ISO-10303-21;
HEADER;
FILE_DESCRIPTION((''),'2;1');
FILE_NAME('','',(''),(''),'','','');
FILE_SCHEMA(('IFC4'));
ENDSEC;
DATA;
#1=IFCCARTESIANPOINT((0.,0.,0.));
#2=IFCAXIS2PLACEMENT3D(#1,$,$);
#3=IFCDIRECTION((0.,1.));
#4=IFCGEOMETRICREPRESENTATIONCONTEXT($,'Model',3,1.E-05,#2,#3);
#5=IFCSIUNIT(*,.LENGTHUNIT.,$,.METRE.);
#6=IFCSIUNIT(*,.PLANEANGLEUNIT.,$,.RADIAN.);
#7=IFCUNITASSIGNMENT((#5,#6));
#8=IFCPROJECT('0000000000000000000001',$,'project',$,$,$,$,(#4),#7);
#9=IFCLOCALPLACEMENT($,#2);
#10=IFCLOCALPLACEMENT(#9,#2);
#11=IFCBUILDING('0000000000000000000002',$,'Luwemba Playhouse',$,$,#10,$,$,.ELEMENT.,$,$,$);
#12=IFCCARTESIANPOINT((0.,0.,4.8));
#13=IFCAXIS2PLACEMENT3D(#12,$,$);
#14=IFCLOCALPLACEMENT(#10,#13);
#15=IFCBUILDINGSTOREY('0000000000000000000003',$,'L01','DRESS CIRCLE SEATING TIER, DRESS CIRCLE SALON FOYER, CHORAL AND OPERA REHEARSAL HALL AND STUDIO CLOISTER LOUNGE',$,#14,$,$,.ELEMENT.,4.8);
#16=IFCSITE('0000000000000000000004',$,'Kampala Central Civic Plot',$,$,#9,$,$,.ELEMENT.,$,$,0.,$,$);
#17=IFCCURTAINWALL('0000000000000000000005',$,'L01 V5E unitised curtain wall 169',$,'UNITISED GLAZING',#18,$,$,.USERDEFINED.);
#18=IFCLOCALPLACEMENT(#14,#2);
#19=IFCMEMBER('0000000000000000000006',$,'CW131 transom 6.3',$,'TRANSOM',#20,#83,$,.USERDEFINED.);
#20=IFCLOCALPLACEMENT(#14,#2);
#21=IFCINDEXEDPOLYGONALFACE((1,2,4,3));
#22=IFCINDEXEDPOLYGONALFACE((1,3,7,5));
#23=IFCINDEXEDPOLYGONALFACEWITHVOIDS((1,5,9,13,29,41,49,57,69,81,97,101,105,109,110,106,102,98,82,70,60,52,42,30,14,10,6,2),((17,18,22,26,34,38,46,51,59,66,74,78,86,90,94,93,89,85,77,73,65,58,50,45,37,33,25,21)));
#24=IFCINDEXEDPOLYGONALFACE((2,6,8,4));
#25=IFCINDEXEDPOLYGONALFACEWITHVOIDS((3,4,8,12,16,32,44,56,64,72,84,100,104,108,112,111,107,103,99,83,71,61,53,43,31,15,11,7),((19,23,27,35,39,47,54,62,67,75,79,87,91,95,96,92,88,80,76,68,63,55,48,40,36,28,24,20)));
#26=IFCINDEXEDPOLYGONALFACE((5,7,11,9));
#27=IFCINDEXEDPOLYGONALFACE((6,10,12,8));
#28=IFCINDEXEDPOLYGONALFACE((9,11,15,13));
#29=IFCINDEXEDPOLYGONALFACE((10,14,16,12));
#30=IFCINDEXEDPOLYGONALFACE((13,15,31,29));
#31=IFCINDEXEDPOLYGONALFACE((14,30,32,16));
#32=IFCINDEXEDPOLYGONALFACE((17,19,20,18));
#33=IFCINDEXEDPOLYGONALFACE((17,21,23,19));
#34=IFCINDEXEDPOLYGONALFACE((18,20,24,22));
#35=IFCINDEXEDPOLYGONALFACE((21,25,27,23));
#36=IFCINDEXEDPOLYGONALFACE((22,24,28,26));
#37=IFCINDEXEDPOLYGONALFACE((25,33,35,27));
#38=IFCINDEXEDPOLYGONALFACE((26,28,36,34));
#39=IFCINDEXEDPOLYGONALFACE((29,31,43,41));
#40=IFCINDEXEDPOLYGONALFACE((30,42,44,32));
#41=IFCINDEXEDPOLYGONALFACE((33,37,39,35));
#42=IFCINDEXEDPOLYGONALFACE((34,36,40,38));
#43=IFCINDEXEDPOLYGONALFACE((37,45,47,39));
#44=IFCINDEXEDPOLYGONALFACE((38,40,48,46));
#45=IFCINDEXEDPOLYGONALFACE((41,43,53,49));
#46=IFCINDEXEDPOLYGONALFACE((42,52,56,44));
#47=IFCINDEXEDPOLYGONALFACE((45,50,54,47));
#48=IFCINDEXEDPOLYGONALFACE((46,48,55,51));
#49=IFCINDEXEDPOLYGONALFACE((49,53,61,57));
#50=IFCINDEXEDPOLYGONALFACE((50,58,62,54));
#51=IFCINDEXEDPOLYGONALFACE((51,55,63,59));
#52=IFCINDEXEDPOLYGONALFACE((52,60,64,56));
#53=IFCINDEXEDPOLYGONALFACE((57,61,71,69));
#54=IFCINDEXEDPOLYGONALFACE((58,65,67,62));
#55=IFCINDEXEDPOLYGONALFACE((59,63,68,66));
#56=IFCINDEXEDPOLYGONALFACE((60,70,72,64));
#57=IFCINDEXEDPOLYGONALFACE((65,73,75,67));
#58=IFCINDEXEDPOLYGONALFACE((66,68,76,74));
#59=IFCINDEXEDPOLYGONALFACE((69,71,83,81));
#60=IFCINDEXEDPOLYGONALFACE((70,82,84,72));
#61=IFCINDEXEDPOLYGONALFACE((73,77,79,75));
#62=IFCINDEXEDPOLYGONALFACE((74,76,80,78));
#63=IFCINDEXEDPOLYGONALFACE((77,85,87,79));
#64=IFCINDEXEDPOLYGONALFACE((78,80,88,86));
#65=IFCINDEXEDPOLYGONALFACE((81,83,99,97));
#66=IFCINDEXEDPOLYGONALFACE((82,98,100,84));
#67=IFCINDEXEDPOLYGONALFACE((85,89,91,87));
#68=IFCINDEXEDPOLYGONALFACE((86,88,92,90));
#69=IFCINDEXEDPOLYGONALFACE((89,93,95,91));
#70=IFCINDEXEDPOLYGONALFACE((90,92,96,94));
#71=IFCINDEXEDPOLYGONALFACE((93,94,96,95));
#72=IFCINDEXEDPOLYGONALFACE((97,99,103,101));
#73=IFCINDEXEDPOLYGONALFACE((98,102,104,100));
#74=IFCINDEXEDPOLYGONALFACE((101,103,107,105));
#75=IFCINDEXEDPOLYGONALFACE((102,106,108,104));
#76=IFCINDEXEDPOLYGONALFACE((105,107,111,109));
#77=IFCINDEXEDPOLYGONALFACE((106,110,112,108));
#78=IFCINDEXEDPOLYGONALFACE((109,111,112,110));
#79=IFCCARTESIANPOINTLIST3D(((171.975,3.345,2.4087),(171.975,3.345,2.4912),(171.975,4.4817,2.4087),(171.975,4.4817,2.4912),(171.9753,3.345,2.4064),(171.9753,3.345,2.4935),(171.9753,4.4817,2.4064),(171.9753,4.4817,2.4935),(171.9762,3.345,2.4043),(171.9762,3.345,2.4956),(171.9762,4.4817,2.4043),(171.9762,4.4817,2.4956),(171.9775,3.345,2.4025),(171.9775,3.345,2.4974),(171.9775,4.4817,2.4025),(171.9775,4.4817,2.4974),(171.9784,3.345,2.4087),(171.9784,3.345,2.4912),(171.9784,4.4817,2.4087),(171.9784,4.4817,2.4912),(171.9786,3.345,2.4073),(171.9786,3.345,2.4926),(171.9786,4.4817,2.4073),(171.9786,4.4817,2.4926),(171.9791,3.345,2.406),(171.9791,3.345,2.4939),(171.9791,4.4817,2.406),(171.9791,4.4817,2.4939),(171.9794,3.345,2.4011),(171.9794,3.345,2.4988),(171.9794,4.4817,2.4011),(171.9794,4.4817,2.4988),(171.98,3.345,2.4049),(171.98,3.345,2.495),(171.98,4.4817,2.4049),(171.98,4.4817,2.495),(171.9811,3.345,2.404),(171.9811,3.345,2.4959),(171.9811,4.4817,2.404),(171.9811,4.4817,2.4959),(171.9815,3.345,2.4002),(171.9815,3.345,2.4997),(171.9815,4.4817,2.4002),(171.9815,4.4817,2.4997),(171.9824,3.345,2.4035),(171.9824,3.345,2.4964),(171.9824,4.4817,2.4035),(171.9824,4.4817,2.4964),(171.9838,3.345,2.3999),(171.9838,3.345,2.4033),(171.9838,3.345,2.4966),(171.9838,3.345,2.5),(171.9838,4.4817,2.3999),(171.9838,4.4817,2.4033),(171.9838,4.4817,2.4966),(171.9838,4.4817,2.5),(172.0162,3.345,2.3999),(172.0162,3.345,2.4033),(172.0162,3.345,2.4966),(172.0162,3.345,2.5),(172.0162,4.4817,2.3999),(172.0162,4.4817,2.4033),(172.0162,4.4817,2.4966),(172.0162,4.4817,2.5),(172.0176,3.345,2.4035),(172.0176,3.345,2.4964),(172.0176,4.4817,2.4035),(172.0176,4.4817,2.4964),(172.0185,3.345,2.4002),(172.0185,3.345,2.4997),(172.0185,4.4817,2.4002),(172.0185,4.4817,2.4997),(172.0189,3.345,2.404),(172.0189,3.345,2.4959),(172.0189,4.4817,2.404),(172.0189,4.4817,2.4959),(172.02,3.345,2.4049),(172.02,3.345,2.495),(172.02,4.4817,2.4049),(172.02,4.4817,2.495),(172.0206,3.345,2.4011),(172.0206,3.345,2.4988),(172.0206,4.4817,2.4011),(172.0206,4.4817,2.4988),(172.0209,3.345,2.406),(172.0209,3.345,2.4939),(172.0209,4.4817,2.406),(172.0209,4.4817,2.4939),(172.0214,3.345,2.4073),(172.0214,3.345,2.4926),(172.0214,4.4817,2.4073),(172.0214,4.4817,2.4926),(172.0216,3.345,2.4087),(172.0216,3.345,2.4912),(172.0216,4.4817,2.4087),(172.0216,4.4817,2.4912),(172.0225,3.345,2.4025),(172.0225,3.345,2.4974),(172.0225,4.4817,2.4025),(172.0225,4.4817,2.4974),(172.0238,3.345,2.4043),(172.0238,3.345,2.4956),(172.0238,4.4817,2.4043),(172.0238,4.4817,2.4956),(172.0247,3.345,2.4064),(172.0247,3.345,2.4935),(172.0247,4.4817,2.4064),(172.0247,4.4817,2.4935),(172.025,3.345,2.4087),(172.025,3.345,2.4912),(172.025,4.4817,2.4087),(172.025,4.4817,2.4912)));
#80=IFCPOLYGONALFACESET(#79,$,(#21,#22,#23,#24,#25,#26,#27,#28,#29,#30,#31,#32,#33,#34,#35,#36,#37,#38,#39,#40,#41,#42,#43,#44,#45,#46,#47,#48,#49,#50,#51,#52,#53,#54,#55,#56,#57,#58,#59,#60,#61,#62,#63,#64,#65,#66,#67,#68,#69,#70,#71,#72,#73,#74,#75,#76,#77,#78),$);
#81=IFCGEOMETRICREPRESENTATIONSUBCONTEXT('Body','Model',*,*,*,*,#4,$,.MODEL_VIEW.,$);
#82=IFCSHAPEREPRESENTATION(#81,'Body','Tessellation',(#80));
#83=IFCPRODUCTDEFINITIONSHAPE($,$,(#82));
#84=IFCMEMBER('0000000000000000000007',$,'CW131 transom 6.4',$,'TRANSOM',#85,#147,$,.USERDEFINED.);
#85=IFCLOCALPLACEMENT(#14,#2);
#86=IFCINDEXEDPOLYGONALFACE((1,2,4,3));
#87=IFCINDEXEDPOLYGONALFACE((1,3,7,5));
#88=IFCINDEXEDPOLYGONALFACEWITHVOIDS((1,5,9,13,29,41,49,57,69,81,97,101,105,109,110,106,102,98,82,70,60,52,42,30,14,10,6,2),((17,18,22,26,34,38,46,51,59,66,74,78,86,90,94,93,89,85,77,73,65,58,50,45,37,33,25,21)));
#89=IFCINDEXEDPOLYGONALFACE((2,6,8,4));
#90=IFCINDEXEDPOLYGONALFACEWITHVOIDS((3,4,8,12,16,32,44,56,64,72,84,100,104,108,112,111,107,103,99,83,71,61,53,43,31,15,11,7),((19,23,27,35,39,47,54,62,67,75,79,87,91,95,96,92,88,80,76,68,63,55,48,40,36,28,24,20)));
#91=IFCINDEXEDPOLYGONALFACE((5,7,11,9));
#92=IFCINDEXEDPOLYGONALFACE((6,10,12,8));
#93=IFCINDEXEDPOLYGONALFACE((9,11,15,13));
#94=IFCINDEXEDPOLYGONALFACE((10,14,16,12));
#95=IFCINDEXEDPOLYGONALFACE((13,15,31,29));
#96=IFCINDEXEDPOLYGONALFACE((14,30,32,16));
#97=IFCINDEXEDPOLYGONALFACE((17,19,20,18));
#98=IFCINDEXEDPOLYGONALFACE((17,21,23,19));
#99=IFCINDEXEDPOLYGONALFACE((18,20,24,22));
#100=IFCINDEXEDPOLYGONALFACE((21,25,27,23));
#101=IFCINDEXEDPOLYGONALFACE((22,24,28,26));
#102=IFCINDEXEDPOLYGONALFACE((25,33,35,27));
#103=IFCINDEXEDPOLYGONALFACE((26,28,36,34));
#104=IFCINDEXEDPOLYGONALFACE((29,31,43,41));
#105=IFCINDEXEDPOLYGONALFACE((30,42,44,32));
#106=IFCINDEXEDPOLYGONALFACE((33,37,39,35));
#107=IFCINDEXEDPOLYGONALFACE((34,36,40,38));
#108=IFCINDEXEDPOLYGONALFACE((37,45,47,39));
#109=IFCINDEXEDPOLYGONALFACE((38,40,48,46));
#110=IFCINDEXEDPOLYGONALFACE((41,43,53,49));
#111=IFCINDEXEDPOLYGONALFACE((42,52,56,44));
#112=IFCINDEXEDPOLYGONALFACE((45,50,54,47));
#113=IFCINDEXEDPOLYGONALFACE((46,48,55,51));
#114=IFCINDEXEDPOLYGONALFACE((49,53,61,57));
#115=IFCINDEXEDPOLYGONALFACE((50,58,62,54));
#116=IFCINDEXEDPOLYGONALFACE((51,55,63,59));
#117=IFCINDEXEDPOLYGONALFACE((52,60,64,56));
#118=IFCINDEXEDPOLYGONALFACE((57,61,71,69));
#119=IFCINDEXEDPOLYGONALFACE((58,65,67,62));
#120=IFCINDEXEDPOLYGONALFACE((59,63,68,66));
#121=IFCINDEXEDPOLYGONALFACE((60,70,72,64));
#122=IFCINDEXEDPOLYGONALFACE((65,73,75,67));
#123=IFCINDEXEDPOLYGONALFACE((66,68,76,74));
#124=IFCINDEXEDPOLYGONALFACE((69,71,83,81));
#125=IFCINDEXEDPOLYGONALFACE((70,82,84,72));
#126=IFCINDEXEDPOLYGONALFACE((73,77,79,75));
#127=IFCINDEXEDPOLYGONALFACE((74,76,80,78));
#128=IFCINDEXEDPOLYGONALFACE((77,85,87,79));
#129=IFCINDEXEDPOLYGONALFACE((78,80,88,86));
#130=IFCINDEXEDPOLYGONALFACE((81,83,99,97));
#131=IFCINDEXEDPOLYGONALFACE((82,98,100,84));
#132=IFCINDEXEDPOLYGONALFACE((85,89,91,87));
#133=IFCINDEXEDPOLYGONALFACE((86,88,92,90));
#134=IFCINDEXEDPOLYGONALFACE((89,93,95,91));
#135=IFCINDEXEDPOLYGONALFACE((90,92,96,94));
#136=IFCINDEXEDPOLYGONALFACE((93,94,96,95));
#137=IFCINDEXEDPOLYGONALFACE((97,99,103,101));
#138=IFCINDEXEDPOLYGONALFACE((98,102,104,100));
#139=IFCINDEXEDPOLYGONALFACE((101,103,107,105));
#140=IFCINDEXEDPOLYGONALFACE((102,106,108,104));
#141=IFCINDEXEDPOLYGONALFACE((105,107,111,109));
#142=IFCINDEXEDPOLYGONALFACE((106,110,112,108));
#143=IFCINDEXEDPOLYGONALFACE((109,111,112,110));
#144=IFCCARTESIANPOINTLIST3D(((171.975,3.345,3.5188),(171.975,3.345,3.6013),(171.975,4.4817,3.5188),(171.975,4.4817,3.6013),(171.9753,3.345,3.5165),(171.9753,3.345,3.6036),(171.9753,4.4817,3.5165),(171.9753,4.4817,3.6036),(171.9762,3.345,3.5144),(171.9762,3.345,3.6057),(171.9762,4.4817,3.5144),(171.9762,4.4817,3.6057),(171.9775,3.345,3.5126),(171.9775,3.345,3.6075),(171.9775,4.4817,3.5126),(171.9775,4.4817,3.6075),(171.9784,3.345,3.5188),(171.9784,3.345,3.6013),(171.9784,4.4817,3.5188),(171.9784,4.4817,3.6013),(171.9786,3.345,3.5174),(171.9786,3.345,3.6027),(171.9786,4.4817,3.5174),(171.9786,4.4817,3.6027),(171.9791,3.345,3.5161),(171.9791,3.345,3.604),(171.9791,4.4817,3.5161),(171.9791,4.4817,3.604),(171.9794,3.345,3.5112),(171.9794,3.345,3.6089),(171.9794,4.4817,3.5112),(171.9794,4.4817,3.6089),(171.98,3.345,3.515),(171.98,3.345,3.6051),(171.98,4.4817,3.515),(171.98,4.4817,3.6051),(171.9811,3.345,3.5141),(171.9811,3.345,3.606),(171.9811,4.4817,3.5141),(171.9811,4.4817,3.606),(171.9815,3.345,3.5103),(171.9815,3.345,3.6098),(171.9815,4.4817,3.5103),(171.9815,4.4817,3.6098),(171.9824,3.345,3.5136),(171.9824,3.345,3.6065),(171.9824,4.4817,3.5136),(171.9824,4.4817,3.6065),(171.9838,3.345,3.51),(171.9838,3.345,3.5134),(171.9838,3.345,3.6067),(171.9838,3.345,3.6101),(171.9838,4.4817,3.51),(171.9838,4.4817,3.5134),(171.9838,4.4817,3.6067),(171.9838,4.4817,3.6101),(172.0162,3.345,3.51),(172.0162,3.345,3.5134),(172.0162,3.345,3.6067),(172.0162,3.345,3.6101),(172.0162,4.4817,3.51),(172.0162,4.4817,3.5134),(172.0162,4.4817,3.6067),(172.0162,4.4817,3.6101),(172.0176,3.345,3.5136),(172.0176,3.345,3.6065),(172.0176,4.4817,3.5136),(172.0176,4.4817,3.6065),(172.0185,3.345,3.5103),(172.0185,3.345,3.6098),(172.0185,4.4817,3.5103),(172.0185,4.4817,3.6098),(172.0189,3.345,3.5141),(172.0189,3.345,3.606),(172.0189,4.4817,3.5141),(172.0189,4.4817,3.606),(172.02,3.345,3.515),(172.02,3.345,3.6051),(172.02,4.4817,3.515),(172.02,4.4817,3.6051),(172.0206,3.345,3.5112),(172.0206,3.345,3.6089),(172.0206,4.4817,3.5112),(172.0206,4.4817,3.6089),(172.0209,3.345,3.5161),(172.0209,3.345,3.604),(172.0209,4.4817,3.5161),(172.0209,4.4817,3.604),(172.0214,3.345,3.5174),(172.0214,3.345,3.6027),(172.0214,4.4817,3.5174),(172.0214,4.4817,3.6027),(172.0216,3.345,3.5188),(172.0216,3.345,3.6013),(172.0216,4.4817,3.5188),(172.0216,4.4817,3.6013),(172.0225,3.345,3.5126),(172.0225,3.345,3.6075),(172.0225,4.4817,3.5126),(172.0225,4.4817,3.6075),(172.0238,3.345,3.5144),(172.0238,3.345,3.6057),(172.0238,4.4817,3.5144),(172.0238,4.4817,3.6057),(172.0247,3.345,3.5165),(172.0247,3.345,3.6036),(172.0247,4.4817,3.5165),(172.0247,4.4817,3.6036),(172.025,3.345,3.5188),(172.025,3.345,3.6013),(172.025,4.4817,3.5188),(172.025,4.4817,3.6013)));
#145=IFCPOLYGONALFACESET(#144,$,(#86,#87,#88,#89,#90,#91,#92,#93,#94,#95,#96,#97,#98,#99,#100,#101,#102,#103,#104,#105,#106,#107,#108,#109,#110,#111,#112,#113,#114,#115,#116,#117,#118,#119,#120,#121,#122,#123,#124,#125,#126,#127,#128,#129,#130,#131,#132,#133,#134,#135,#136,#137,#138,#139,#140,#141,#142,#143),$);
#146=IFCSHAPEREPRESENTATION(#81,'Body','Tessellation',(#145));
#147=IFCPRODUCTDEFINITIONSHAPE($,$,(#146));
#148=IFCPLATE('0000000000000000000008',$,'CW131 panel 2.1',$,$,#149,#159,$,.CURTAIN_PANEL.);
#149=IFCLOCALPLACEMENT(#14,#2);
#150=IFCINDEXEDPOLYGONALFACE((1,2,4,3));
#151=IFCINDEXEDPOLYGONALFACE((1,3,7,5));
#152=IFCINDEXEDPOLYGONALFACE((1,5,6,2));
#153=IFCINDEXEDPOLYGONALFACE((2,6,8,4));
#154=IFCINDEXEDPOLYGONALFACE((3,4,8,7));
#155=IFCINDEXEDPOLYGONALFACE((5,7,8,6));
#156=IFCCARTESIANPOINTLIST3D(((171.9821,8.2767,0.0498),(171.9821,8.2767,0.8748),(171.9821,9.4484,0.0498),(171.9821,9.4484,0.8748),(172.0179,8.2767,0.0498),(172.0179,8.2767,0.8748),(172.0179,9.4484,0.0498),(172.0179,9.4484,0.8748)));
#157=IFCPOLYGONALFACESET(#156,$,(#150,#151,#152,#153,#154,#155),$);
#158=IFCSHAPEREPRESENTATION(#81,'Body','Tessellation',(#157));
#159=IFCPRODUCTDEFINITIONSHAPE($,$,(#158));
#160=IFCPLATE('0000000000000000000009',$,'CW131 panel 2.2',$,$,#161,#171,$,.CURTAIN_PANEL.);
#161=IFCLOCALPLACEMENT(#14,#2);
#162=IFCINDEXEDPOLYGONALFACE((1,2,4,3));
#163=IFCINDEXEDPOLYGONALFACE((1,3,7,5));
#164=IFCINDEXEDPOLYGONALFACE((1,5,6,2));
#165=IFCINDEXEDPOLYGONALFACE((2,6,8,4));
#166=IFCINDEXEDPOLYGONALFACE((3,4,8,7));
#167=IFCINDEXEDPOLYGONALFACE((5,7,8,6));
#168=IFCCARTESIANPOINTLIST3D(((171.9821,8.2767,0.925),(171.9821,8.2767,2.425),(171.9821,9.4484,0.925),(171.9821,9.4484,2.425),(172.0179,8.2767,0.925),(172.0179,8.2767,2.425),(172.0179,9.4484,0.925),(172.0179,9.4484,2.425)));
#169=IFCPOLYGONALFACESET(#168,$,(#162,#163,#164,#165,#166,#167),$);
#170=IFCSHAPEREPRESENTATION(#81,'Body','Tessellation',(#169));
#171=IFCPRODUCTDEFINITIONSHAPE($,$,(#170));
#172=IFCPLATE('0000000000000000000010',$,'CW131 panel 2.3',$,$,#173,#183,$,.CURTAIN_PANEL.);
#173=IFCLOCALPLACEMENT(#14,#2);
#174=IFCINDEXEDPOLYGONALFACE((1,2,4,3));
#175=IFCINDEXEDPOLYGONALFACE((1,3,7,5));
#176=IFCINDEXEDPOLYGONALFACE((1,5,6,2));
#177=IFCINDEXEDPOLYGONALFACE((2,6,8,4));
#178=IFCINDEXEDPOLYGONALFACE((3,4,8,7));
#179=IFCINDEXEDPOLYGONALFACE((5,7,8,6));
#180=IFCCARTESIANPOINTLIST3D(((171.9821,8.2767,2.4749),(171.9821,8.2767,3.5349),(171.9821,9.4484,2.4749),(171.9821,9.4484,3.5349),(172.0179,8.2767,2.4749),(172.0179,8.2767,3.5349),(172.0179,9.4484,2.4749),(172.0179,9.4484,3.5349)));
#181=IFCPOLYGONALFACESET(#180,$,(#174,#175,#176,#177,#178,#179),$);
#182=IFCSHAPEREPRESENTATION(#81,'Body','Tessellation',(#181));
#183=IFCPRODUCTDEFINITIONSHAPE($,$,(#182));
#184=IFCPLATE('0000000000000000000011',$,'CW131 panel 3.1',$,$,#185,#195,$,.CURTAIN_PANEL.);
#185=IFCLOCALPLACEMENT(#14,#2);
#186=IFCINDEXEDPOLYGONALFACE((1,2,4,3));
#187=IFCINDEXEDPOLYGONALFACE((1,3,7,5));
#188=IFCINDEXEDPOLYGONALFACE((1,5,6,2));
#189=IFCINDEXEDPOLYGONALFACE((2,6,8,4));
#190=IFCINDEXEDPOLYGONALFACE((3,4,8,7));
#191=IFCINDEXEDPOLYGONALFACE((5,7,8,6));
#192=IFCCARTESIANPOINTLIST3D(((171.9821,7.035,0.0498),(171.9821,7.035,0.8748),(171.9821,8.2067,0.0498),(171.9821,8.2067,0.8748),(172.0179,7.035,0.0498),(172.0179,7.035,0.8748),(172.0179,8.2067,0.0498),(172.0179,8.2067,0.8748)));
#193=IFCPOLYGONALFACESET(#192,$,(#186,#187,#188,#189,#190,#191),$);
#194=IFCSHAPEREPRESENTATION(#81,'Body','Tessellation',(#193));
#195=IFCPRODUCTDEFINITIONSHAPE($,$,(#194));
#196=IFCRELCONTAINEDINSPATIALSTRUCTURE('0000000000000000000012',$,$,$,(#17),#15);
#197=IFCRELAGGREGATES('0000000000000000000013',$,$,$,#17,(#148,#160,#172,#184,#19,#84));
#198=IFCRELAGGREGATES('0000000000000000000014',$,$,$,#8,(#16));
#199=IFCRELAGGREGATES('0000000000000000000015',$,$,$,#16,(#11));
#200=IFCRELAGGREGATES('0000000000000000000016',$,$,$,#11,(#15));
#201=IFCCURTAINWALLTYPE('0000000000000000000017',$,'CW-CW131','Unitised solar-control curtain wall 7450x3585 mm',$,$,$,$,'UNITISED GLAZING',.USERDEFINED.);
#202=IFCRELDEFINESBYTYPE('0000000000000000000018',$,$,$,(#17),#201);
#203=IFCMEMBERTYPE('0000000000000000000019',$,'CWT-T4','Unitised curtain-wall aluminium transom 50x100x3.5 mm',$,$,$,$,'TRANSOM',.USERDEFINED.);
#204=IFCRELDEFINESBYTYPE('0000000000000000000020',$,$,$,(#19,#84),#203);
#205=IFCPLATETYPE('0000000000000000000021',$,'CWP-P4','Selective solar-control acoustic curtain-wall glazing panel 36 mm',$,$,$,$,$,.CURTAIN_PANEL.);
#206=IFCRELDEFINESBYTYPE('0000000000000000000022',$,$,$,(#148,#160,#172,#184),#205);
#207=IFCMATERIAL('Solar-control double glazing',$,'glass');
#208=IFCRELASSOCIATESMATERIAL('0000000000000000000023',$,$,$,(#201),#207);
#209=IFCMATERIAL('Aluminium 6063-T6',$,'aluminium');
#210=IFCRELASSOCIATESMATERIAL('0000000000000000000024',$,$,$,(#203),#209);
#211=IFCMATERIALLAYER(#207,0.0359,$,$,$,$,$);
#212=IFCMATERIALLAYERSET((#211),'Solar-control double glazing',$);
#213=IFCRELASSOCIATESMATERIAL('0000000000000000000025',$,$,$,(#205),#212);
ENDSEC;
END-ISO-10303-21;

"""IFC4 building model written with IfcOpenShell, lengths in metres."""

from ifc_helpers import new_model, si_unit, direction, frame, origin, origin_2d, place, context, subcontext, project, spatial, rectangle, hollow_rectangle, extrude, material, layer, layer_set, material_profile, profile_set, type_object, element, aggregate, save


model = new_model("IFC4")

# Units and contexts
model_context = context("Model", 3, precision=1e-05, world=origin(), true_north=direction((0.0, 1.0)))
body_context = subcontext(model_context, "Body", "Model", "MODEL_VIEW")
ifc_project = project(units=[si_unit("LENGTHUNIT", "METRE"), si_unit("PLANEANGLEUNIT", "RADIAN")], contexts=[model_context])

# Site, building, storey
site_placement = place(None, origin())
site = spatial("IfcSite", under=ifc_project, at=site_placement, Name="Kampala Central Civic Plot", CompositionType="ELEMENT", RefElevation=0.0)
building_placement = place(site_placement, origin())
building = spatial("IfcBuilding", under=site, at=building_placement, Name="Luwemba Playhouse", CompositionType="ELEMENT")
storey_placement = place(building_placement, frame((0.0, 0.0, 4.8)))
storey = spatial("IfcBuildingStorey", under=building, at=storey_placement, Name="L01", Description="DRESS CIRCLE SEATING TIER, DRESS CIRCLE SALON FOYER, CHORAL AND OPERA REHEARSAL HALL AND STUDIO CLOISTER LOUNGE", CompositionType="ELEMENT", Elevation=4.8)

# Curtain wall, members, plates
ifc_material_1 = material(Name="Solar-control double glazing", Category="glass")
curtain_wall_type = type_object("IfcCurtainWallType", Name="CW-CW131", Description="Unitised solar-control curtain wall 7450x3585 mm", ElementType="UNITISED GLAZING", PredefinedType="USERDEFINED", material=ifc_material_1)
curtain_wall_placement = place(storey_placement, origin())
curtain_wall = element("IfcCurtainWall", 1, at=curtain_wall_placement, inside=storey, type_object=curtain_wall_type, Name="L01 V5E unitised curtain wall 169", ObjectType="UNITISED GLAZING", PredefinedType="USERDEFINED")
ifc_material_2 = material(Name="Aluminium 6063-T6", Category="aluminium")
ifc_material_profile_1 = material_profile(ifc_material_2, hollow_rectangle(XDim=0.05, YDim=0.1001, WallThickness=0.0034, InnerFilletRadius=0.0054, OuterFilletRadius=0.0088, at=origin_2d()))
ifc_profile_set_1 = profile_set([ifc_material_profile_1], Name="Aluminium 6063-T6")
member_type_1 = type_object("IfcMemberType", Name="CWT-T4", Description="Unitised curtain-wall aluminium transom 50x100x3.5 mm", ElementType="TRANSOM", PredefinedType="USERDEFINED", material=ifc_profile_set_1)
member_1_placement = place(storey_placement, frame((172.0, 4.4817, 2.45), z_axis=(0.0, -1.0, 0.0), x_axis=(1.0, 0.0, 0.0)))
member_1 = element("IfcMember", 2, at=member_1_placement, type_object=member_type_1, Name="CW131 transom 6.3", ObjectType="TRANSOM", PredefinedType="USERDEFINED", context=body_context, shape_type="SweptSolid", body=[
    extrude(hollow_rectangle(XDim=0.05, YDim=0.1001, WallThickness=0.0034, InnerFilletRadius=0.0054, OuterFilletRadius=0.0088, at=origin_2d()), origin(), (0.0, 0.0, 1.0), 1.1367),
])
member_2_placement = place(storey_placement, frame((172.0, 4.4817, 3.5601), z_axis=(0.0, -1.0, 0.0), x_axis=(1.0, 0.0, 0.0)))
member_2 = element("IfcMember", 3, at=member_2_placement, type_object=member_type_1, Name="CW131 transom 6.4", ObjectType="TRANSOM", PredefinedType="USERDEFINED", context=body_context, shape_type="SweptSolid", body=[
    extrude(hollow_rectangle(XDim=0.05, YDim=0.1001, WallThickness=0.0034, InnerFilletRadius=0.0054, OuterFilletRadius=0.0088, at=origin_2d()), origin(), (0.0, 0.0, 1.0), 1.1367),
])
ifc_layer = layer(ifc_material_1, 0.0359)
ifc_layer_set = layer_set([ifc_layer], Name="Solar-control double glazing")
plate_type = type_object("IfcPlateType", Name="CWP-P4", Description="Selective solar-control acoustic curtain-wall glazing panel 36 mm", PredefinedType="CURTAIN_PANEL", material=ifc_layer_set)
plate_1_placement = place(storey_placement, frame((172.0, 8.8625, 0.0498), z_axis=(0.0, 0.0, 1.0), x_axis=(0.0, -1.0, 0.0)))
plate_1 = element("IfcPlate", 4, at=plate_1_placement, type_object=plate_type, Name="CW131 panel 2.1", PredefinedType="CURTAIN_PANEL", context=body_context, shape_type="SweptSolid", body=[
    extrude(rectangle(XDim=1.1716, YDim=0.0359, at=origin_2d()), origin(), (0.0, 0.0, 1.0), 0.825),
])
plate_2_placement = place(storey_placement, frame((172.0, 8.8625, 0.925), z_axis=(0.0, 0.0, 1.0), x_axis=(0.0, -1.0, 0.0)))
plate_2 = element("IfcPlate", 5, at=plate_2_placement, type_object=plate_type, Name="CW131 panel 2.2", PredefinedType="CURTAIN_PANEL", context=body_context, shape_type="SweptSolid", body=[
    extrude(rectangle(XDim=1.1716, YDim=0.0359, at=origin_2d()), origin(), (0.0, 0.0, 1.0), 1.5),
])
plate_3_placement = place(storey_placement, frame((172.0, 8.8625, 2.4749), z_axis=(0.0, 0.0, 1.0), x_axis=(0.0, -1.0, 0.0)))
plate_3 = element("IfcPlate", 6, at=plate_3_placement, type_object=plate_type, Name="CW131 panel 2.3", PredefinedType="CURTAIN_PANEL", context=body_context, shape_type="SweptSolid", body=[
    extrude(rectangle(XDim=1.1716, YDim=0.0359, at=origin_2d()), origin(), (0.0, 0.0, 1.0), 1.0601),
])
plate_4_placement = place(storey_placement, frame((172.0, 7.6208, 0.0498), z_axis=(0.0, 0.0, 1.0), x_axis=(0.0, -1.0, 0.0)))
plate_4 = element("IfcPlate", 7, at=plate_4_placement, type_object=plate_type, Name="CW131 panel 3.1", PredefinedType="CURTAIN_PANEL", context=body_context, shape_type="SweptSolid", body=[
    extrude(rectangle(XDim=1.1716, YDim=0.0359, at=origin_2d()), origin(), (0.0, 0.0, 1.0), 0.825),
])
aggregate(curtain_wall, [plate_1, plate_2, plate_3, plate_4, member_1, member_2])

save(model, "model.ifc")
